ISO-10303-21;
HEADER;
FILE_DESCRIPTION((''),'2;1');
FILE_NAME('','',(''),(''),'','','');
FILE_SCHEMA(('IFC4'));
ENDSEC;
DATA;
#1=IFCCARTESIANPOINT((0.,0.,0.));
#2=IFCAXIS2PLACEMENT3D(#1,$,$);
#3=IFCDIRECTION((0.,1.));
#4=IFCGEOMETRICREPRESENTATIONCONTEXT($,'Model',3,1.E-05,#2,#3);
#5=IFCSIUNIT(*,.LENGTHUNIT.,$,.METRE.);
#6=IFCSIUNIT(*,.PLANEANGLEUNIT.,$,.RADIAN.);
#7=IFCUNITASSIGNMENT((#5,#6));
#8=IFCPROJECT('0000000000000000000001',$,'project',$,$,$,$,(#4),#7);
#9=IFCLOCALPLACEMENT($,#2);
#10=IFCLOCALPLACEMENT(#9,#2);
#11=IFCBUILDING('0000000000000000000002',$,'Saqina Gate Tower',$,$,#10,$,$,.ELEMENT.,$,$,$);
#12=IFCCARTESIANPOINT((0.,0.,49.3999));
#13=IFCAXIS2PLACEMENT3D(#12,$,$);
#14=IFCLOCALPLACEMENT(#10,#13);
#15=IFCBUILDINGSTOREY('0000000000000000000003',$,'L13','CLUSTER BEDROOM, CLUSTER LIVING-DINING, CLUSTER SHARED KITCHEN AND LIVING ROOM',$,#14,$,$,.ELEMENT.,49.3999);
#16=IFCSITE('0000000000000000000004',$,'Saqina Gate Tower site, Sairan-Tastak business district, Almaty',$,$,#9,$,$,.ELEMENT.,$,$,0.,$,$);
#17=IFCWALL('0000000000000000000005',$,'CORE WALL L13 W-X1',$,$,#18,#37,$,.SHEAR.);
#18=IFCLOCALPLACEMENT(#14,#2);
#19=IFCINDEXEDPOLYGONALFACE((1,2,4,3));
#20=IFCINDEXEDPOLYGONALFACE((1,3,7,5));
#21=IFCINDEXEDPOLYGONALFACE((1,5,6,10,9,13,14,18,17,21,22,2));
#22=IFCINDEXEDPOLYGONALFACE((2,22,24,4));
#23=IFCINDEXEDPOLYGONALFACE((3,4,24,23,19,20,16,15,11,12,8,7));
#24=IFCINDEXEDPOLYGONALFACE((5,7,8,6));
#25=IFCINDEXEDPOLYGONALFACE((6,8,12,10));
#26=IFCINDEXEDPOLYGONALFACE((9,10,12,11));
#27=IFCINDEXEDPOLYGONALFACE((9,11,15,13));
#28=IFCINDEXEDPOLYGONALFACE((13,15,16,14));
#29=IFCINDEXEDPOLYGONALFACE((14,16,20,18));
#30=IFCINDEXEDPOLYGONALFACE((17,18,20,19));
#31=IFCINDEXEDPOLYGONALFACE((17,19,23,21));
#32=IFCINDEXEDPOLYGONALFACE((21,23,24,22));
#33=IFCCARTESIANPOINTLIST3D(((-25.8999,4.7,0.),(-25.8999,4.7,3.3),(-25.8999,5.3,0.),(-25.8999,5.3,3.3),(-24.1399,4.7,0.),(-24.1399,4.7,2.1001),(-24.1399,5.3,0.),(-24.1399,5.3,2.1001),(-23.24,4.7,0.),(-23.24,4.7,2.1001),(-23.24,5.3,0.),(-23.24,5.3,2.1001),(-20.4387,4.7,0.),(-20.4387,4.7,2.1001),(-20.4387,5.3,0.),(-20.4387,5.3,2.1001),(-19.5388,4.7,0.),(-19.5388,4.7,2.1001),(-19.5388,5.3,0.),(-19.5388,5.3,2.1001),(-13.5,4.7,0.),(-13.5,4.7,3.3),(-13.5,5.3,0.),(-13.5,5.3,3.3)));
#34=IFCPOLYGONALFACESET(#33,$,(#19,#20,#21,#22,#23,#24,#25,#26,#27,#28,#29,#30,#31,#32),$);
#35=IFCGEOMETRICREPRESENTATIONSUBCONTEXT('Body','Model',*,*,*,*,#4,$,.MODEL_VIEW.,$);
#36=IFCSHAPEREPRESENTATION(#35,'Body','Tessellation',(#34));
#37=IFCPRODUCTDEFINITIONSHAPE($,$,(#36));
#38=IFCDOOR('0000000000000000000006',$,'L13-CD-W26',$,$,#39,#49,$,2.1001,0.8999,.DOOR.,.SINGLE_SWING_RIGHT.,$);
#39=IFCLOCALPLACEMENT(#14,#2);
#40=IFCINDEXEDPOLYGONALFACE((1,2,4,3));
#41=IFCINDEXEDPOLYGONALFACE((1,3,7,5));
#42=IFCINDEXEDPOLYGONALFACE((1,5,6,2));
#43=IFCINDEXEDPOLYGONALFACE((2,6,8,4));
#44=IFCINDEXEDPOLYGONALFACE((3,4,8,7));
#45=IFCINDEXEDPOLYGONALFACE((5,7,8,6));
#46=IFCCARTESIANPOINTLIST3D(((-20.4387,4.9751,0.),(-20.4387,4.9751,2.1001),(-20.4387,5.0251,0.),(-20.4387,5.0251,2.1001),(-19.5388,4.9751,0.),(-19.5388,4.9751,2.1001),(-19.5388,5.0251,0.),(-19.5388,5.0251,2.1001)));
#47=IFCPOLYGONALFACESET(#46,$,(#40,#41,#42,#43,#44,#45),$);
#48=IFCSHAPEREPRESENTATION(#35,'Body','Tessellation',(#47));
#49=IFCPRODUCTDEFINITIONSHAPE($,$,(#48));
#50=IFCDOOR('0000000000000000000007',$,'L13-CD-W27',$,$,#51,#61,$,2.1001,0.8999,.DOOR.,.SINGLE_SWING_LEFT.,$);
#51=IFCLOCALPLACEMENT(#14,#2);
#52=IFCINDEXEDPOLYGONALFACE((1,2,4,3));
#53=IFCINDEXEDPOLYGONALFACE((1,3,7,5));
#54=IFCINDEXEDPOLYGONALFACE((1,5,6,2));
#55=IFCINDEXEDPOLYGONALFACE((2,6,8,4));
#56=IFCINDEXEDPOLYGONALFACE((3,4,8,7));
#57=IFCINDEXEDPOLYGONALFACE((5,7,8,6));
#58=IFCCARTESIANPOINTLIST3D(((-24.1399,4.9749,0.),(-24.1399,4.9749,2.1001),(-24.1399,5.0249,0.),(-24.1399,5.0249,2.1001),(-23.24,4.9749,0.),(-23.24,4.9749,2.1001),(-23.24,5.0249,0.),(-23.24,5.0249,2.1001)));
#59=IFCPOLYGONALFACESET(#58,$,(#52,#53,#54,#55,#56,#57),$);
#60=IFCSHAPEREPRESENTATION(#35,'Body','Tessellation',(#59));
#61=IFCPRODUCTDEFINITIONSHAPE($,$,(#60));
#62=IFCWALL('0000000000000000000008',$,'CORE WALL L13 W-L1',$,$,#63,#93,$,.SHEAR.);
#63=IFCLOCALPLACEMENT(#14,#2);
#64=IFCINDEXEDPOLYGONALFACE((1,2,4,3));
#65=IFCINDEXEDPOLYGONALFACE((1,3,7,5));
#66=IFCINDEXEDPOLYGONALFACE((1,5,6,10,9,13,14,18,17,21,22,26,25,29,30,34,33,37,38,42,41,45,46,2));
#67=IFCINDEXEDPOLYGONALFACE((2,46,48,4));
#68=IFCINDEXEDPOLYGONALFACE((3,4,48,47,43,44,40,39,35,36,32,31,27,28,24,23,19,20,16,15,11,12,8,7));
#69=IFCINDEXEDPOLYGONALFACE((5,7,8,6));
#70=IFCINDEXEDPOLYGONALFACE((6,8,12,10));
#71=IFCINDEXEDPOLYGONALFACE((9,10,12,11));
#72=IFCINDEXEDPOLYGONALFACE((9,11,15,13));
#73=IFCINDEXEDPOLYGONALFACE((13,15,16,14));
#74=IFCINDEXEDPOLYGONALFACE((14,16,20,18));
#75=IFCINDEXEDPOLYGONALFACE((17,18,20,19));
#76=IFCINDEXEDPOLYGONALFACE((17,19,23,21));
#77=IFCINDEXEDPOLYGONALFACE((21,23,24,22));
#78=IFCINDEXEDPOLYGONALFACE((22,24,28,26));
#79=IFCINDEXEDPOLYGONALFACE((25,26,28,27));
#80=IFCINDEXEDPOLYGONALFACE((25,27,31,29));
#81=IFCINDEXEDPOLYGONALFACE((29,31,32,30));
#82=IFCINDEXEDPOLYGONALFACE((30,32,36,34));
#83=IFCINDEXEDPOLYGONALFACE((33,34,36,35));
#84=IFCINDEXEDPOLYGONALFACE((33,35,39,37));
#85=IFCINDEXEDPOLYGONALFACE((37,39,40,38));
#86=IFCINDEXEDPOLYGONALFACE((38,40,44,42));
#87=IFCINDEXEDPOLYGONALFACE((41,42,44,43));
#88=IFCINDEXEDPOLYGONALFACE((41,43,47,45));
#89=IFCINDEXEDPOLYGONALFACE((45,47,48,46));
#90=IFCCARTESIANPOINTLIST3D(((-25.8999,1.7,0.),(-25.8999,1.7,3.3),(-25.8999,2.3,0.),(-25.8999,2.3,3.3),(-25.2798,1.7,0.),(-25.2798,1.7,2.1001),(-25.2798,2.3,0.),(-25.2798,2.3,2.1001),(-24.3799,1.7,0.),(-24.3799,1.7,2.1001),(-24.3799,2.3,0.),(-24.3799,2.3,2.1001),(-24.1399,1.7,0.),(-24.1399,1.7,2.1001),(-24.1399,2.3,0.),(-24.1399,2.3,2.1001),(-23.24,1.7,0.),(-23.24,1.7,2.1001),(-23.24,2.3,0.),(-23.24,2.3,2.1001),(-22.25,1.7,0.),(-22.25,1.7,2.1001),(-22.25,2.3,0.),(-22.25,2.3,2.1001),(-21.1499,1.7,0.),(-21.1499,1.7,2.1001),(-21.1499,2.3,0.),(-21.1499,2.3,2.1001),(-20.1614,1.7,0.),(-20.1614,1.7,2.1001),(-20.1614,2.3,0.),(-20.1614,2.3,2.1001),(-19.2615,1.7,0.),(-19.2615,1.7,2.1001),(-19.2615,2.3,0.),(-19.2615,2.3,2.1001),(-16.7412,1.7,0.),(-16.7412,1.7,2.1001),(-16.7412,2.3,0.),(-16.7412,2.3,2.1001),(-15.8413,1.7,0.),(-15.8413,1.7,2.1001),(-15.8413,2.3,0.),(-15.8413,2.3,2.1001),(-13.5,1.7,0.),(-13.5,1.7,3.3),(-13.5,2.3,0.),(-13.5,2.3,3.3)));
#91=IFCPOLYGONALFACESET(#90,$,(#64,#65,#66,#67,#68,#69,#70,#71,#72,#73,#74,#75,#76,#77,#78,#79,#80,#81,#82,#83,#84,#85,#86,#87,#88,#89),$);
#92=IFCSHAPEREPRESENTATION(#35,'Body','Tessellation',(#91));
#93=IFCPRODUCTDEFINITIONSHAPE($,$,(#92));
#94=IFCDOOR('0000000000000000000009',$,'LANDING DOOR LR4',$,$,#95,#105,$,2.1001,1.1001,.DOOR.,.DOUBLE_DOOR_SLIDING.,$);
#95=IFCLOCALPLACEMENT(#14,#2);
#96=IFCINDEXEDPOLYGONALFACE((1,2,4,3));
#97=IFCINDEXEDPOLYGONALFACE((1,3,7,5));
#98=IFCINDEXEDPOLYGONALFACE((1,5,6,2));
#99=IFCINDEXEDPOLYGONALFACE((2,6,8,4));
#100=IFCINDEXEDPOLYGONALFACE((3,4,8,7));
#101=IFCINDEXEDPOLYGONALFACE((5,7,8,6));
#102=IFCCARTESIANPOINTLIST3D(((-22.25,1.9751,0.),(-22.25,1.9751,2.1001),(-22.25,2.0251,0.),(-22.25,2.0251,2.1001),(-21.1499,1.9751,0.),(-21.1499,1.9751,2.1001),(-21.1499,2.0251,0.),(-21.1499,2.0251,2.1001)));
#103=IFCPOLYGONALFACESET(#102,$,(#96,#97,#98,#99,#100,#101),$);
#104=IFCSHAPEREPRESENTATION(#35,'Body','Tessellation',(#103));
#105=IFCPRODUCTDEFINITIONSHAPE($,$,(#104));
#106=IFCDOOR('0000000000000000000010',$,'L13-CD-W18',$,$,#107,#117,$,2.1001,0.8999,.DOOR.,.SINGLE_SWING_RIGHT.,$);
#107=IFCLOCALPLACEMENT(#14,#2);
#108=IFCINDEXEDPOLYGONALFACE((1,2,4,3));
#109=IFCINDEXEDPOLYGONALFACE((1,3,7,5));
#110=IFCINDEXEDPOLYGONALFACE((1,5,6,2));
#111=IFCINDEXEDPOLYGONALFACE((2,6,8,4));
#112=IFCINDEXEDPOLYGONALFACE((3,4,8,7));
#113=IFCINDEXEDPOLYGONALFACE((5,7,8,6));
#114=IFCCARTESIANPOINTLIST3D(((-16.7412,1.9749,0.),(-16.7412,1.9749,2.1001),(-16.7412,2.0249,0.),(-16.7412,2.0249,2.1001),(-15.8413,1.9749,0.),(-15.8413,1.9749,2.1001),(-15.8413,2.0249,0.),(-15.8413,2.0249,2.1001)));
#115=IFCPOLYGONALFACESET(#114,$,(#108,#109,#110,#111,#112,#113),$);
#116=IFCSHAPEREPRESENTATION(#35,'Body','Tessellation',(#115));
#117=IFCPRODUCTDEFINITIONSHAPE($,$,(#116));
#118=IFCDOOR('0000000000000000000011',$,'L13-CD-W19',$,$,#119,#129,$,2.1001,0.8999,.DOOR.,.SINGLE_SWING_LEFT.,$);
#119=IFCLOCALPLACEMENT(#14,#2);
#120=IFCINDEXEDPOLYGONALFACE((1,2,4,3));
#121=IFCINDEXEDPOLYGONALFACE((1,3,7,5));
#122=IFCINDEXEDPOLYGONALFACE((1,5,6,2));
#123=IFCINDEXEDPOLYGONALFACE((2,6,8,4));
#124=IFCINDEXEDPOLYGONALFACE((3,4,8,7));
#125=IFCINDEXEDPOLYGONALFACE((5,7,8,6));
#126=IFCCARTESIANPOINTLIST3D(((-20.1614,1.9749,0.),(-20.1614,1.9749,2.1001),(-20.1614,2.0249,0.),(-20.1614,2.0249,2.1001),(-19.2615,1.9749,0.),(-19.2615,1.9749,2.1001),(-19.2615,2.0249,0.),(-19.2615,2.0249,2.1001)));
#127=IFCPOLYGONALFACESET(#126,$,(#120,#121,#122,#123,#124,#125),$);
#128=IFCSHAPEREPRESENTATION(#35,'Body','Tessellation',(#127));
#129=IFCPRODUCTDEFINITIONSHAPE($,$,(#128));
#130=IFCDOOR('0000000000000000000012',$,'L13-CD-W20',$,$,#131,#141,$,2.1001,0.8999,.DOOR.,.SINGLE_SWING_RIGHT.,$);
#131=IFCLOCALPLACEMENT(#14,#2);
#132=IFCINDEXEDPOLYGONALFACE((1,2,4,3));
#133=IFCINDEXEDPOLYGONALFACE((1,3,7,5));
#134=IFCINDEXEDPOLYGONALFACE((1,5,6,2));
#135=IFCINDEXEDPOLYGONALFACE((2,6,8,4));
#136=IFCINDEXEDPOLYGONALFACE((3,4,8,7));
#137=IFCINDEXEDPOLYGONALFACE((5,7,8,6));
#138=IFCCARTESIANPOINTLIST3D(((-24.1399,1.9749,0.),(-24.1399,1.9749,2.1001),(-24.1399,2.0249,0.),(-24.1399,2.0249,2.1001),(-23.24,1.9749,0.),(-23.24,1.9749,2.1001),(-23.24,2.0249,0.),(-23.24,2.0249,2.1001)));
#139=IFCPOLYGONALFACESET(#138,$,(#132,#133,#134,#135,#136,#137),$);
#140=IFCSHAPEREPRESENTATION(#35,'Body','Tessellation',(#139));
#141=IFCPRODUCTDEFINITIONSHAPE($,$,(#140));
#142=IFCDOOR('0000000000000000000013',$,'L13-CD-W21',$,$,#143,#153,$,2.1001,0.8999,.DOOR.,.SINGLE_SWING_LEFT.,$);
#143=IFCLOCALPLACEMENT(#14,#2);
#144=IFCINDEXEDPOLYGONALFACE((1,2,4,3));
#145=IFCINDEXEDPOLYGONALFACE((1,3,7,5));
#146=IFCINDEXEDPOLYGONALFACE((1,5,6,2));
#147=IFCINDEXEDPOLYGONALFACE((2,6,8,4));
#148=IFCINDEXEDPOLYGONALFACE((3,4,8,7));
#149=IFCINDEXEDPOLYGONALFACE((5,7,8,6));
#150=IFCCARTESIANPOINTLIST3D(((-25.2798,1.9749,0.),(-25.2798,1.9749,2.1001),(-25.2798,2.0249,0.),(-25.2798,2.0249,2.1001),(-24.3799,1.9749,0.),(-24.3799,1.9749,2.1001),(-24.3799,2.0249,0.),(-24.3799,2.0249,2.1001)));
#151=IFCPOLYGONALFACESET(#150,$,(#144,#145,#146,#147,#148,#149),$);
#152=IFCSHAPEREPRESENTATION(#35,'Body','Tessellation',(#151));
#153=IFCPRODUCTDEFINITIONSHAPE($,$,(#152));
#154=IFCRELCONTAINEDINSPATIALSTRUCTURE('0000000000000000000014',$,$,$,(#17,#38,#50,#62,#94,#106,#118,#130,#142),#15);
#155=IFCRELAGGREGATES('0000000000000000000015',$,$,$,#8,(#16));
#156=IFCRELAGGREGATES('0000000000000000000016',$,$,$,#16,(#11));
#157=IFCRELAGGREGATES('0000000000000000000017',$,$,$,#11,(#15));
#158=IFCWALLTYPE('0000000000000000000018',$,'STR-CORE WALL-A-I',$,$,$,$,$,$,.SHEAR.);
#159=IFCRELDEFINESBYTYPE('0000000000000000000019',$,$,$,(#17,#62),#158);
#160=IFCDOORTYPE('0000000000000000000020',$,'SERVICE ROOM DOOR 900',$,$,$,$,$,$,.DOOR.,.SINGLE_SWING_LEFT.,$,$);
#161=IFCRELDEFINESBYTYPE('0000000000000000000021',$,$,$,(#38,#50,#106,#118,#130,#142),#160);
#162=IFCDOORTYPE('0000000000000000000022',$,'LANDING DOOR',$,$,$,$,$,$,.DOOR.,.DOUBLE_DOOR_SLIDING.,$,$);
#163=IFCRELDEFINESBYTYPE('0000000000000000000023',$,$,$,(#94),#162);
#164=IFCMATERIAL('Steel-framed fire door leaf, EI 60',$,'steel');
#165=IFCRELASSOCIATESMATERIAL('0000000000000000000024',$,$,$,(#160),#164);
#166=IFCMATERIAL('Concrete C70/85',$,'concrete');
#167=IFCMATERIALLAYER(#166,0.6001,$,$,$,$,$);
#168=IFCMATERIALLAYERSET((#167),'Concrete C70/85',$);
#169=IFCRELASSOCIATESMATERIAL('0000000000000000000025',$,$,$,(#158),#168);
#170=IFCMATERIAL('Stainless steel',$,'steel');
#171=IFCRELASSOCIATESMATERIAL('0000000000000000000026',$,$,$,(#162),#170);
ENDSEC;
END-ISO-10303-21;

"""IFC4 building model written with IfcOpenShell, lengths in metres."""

from ifc_helpers import new_model, si_unit, direction, frame, frame_2d, origin, place, context, subcontext, project, spatial, rectangle, extrude, material, layer, layer_set, type_object, element, fill, save


model = new_model("IFC4")

# Units and contexts
model_context = context("Model", 3, precision=1e-05, world=origin(), true_north=direction((0.0, 1.0)))
body_context = subcontext(model_context, "Body", "Model", "MODEL_VIEW")
ifc_project = project(units=[si_unit("LENGTHUNIT", "METRE"), si_unit("PLANEANGLEUNIT", "RADIAN")], contexts=[model_context])

# Site, building, storey
site_placement = place(None, origin())
site = spatial("IfcSite", under=ifc_project, at=site_placement, Name="Saqina Gate Tower site, Sairan-Tastak business district, Almaty", CompositionType="ELEMENT", RefElevation=0.0)
building_placement = place(site_placement, origin())
building = spatial("IfcBuilding", under=site, at=building_placement, Name="Saqina Gate Tower", CompositionType="ELEMENT")
storey_placement = place(building_placement, frame((0.0, 0.0, 49.3999)))
storey = spatial("IfcBuildingStorey", under=building, at=storey_placement, Name="L13", Description="CLUSTER BEDROOM, CLUSTER LIVING-DINING, CLUSTER SHARED KITCHEN AND LIVING ROOM", CompositionType="ELEMENT", Elevation=49.3999)

# Shared definitions
ifc_material_1 = material(Name="Steel-framed fire door leaf, EI 60", Category="steel")
door_type_1 = type_object("IfcDoorType", Name="SERVICE ROOM DOOR 900", OperationType="SINGLE_SWING_LEFT", PredefinedType="DOOR", material=ifc_material_1)

# Walls, openings, doors
ifc_material_2 = material(Name="Concrete C70/85", Category="concrete")
ifc_layer_1 = layer(ifc_material_2, 0.6001)
ifc_layer_set_1 = layer_set([ifc_layer_1], Name="Concrete C70/85")
wall_type_1 = type_object("IfcWallType", Name="STR-CORE WALL-A-I", PredefinedType="SHEAR", material=ifc_layer_set_1)
wall_1_placement = place(storey_placement, frame((-13.5, 5.0, 0.0), z_axis=(0.0, 0.0, 1.0), x_axis=(-1.0, 0.0, 0.0)))
wall_1 = element("IfcWall", 1, at=wall_1_placement, inside=storey, type_object=wall_type_1, Name="CORE WALL L13 W-X1", PredefinedType="SHEAR", context=body_context, shape_type="SweptSolid", body=[
    extrude(rectangle(XDim=12.3999, YDim=0.6001, at=frame_2d((6.2, 0.0))), origin(), (0.0, 0.0, 1.0), 3.3),
])
opening_1_placement = place(wall_1_placement, frame((6.0388, 0.0, 0.0)))
opening_1 = element("IfcOpeningElement", 2, at=opening_1_placement, cuts=wall_1, PredefinedType="OPENING", context=body_context, shape_type="SweptSolid", body=[
    extrude(rectangle(XDim=0.8999, YDim=2.1001, at=frame_2d((0.45, 1.05))), frame((0.0, 0.312, 0.0), z_axis=(0.0, -1.0, 0.0), x_axis=(1.0, 0.0, 0.0)), (0.0, 0.0, 1.0), 0.624),
])
opening_2_placement = place(wall_1_placement, frame((9.74, 0.0, 0.0)))
opening_2 = element("IfcOpeningElement", 3, at=opening_2_placement, cuts=wall_1, PredefinedType="OPENING", context=body_context, shape_type="SweptSolid", body=[
    extrude(rectangle(XDim=0.8999, YDim=2.1001, at=frame_2d((0.45, 1.05))), frame((0.0, 0.312, 0.0), z_axis=(0.0, -1.0, 0.0), x_axis=(1.0, 0.0, 0.0)), (0.0, 0.0, 1.0), 0.624),
])
door_1_placement = place(opening_1_placement, origin())
door_1 = element("IfcDoor", 4, at=door_1_placement, inside=storey, type_object=door_type_1, Name="L13-CD-W26", OperationType="SINGLE_SWING_RIGHT", OverallHeight=2.1001, OverallWidth=0.8999, PredefinedType="DOOR", context=body_context, shape_type="SweptSolid", body=[
    extrude(rectangle(XDim=0.8999, YDim=2.1001, at=frame_2d((0.45, 1.05))), frame((0.0, 0.0249, 0.0), z_axis=(0.0, -1.0, 0.0), x_axis=(1.0, 0.0, 0.0)), (0.0, 0.0, 1.0), 0.05),
])
fill(opening_1, door_1)
door_2_placement = place(opening_2_placement, frame((0.8999, 0.0, 0.0), z_axis=(0.0, 0.0, 1.0), x_axis=(-1.0, 0.0, 0.0)))
door_2 = element("IfcDoor", 5, at=door_2_placement, inside=storey, type_object=door_type_1, Name="L13-CD-W27", OperationType="SINGLE_SWING_LEFT", OverallHeight=2.1001, OverallWidth=0.8999, PredefinedType="DOOR", context=body_context, shape_type="SweptSolid", body=[
    extrude(rectangle(XDim=0.8999, YDim=2.1001, at=frame_2d((0.45, 1.05))), frame((0.0, 0.0249, 0.0), z_axis=(0.0, -1.0, 0.0), x_axis=(1.0, 0.0, 0.0)), (0.0, 0.0, 1.0), 0.05),
])
fill(opening_2, door_2)
wall_2_placement = place(storey_placement, frame((-13.5, 2.0, 0.0), z_axis=(0.0, 0.0, 1.0), x_axis=(-1.0, 0.0, 0.0)))
wall_2 = element("IfcWall", 6, at=wall_2_placement, inside=storey, type_object=wall_type_1, Name="CORE WALL L13 W-L1", PredefinedType="SHEAR", context=body_context, shape_type="SweptSolid", body=[
    extrude(rectangle(XDim=12.3999, YDim=0.6001, at=frame_2d((6.2, 0.0))), origin(), (0.0, 0.0, 1.0), 3.3),
])
opening_3_placement = place(wall_2_placement, frame((7.6499, 0.0, 0.0)))
opening_3 = element("IfcOpeningElement", 7, at=opening_3_placement, cuts=wall_2, PredefinedType="OPENING", context=body_context, shape_type="SweptSolid", body=[
    extrude(rectangle(XDim=1.1001, YDim=2.1001, at=frame_2d((0.55, 1.05))), frame((0.0, 0.312, 0.0), z_axis=(0.0, -1.0, 0.0), x_axis=(1.0, 0.0, 0.0)), (0.0, 0.0, 1.0), 0.624),
])
opening_4_placement = place(wall_2_placement, frame((2.3413, 0.0, 0.0)))
opening_4 = element("IfcOpeningElement", 8, at=opening_4_placement, cuts=wall_2, PredefinedType="OPENING", context=body_context, shape_type="SweptSolid", body=[
    extrude(rectangle(XDim=0.8999, YDim=2.1001, at=frame_2d((0.45, 1.05))), frame((0.0, 0.312, 0.0), z_axis=(0.0, -1.0, 0.0), x_axis=(1.0, 0.0, 0.0)), (0.0, 0.0, 1.0), 0.624),
])
opening_5_placement = place(wall_2_placement, frame((5.7615, 0.0, 0.0)))
opening_5 = element("IfcOpeningElement", 9, at=opening_5_placement, cuts=wall_2, PredefinedType="OPENING", context=body_context, shape_type="SweptSolid", body=[
    extrude(rectangle(XDim=0.8999, YDim=2.1001, at=frame_2d((0.45, 1.05))), frame((0.0, 0.312, 0.0), z_axis=(0.0, -1.0, 0.0), x_axis=(1.0, 0.0, 0.0)), (0.0, 0.0, 1.0), 0.624),
])
opening_6_placement = place(wall_2_placement, frame((9.74, 0.0, 0.0)))
opening_6 = element("IfcOpeningElement", 10, at=opening_6_placement, cuts=wall_2, PredefinedType="OPENING", context=body_context, shape_type="SweptSolid", body=[
    extrude(rectangle(XDim=0.8999, YDim=2.1001, at=frame_2d((0.45, 1.05))), frame((0.0, 0.312, 0.0), z_axis=(0.0, -1.0, 0.0), x_axis=(1.0, 0.0, 0.0)), (0.0, 0.0, 1.0), 0.624),
])
opening_7_placement = place(wall_2_placement, frame((10.8799, 0.0, 0.0)))
opening_7 = element("IfcOpeningElement", 11, at=opening_7_placement, cuts=wall_2, PredefinedType="OPENING", context=body_context, shape_type="SweptSolid", body=[
    extrude(rectangle(XDim=0.8999, YDim=2.1001, at=frame_2d((0.45, 1.05))), frame((0.0, 0.312, 0.0), z_axis=(0.0, -1.0, 0.0), x_axis=(1.0, 0.0, 0.0)), (0.0, 0.0, 1.0), 0.624),
])
ifc_material_3 = material(Name="Stainless steel", Category="steel")
door_type_2 = type_object("IfcDoorType", Name="LANDING DOOR", OperationType="DOUBLE_DOOR_SLIDING", PredefinedType="DOOR", material=ifc_material_3)
door_3_placement = place(opening_3_placement, origin())
door_3 = element("IfcDoor", 12, at=door_3_placement, inside=storey, type_object=door_type_2, Name="LANDING DOOR LR4", OperationType="DOUBLE_DOOR_SLIDING", OverallHeight=2.1001, OverallWidth=1.1001, PredefinedType="DOOR", context=body_context, shape_type="SweptSolid", body=[
    extrude(rectangle(XDim=1.1001, YDim=2.1001, at=frame_2d((0.55, 1.05))), frame((0.0, 0.0249, 0.0), z_axis=(0.0, -1.0, 0.0), x_axis=(1.0, 0.0, 0.0)), (0.0, 0.0, 1.0), 0.05),
])
fill(opening_3, door_3)
door_4_placement = place(opening_4_placement, frame((0.8999, 0.0, 0.0), z_axis=(0.0, 0.0, 1.0), x_axis=(-1.0, 0.0, 0.0)))
door_4 = element("IfcDoor", 13, at=door_4_placement, inside=storey, type_object=door_type_1, Name="L13-CD-W18", OperationType="SINGLE_SWING_RIGHT", OverallHeight=2.1001, OverallWidth=0.8999, PredefinedType="DOOR", context=body_context, shape_type="SweptSolid", body=[
    extrude(rectangle(XDim=0.8999, YDim=2.1001, at=frame_2d((0.45, 1.05))), frame((0.0, 0.0249, 0.0), z_axis=(0.0, -1.0, 0.0), x_axis=(1.0, 0.0, 0.0)), (0.0, 0.0, 1.0), 0.05),
])
fill(opening_4, door_4)
door_5_placement = place(opening_5_placement, frame((0.8999, 0.0, 0.0), z_axis=(0.0, 0.0, 1.0), x_axis=(-1.0, 0.0, 0.0)))
door_5 = element("IfcDoor", 14, at=door_5_placement, inside=storey, type_object=door_type_1, Name="L13-CD-W19", OperationType="SINGLE_SWING_LEFT", OverallHeight=2.1001, OverallWidth=0.8999, PredefinedType="DOOR", context=body_context, shape_type="SweptSolid", body=[
    extrude(rectangle(XDim=0.8999, YDim=2.1001, at=frame_2d((0.45, 1.05))), frame((0.0, 0.0249, 0.0), z_axis=(0.0, -1.0, 0.0), x_axis=(1.0, 0.0, 0.0)), (0.0, 0.0, 1.0), 0.05),
])
fill(opening_5, door_5)
door_6_placement = place(opening_6_placement, frame((0.8999, 0.0, 0.0), z_axis=(0.0, 0.0, 1.0), x_axis=(-1.0, 0.0, 0.0)))
door_6 = element("IfcDoor", 15, at=door_6_placement, inside=storey, type_object=door_type_1, Name="L13-CD-W20", OperationType="SINGLE_SWING_RIGHT", OverallHeight=2.1001, OverallWidth=0.8999, PredefinedType="DOOR", context=body_context, shape_type="SweptSolid", body=[
    extrude(rectangle(XDim=0.8999, YDim=2.1001, at=frame_2d((0.45, 1.05))), frame((0.0, 0.0249, 0.0), z_axis=(0.0, -1.0, 0.0), x_axis=(1.0, 0.0, 0.0)), (0.0, 0.0, 1.0), 0.05),
])
fill(opening_6, door_6)
door_7_placement = place(opening_7_placement, frame((0.8999, 0.0, 0.0), z_axis=(0.0, 0.0, 1.0), x_axis=(-1.0, 0.0, 0.0)))
door_7 = element("IfcDoor", 16, at=door_7_placement, inside=storey, type_object=door_type_1, Name="L13-CD-W21", OperationType="SINGLE_SWING_LEFT", OverallHeight=2.1001, OverallWidth=0.8999, PredefinedType="DOOR", context=body_context, shape_type="SweptSolid", body=[
    extrude(rectangle(XDim=0.8999, YDim=2.1001, at=frame_2d((0.45, 1.05))), frame((0.0, 0.0249, 0.0), z_axis=(0.0, -1.0, 0.0), x_axis=(1.0, 0.0, 0.0)), (0.0, 0.0, 1.0), 0.05),
])
fill(opening_7, door_7)

save(model, "model.ifc")
